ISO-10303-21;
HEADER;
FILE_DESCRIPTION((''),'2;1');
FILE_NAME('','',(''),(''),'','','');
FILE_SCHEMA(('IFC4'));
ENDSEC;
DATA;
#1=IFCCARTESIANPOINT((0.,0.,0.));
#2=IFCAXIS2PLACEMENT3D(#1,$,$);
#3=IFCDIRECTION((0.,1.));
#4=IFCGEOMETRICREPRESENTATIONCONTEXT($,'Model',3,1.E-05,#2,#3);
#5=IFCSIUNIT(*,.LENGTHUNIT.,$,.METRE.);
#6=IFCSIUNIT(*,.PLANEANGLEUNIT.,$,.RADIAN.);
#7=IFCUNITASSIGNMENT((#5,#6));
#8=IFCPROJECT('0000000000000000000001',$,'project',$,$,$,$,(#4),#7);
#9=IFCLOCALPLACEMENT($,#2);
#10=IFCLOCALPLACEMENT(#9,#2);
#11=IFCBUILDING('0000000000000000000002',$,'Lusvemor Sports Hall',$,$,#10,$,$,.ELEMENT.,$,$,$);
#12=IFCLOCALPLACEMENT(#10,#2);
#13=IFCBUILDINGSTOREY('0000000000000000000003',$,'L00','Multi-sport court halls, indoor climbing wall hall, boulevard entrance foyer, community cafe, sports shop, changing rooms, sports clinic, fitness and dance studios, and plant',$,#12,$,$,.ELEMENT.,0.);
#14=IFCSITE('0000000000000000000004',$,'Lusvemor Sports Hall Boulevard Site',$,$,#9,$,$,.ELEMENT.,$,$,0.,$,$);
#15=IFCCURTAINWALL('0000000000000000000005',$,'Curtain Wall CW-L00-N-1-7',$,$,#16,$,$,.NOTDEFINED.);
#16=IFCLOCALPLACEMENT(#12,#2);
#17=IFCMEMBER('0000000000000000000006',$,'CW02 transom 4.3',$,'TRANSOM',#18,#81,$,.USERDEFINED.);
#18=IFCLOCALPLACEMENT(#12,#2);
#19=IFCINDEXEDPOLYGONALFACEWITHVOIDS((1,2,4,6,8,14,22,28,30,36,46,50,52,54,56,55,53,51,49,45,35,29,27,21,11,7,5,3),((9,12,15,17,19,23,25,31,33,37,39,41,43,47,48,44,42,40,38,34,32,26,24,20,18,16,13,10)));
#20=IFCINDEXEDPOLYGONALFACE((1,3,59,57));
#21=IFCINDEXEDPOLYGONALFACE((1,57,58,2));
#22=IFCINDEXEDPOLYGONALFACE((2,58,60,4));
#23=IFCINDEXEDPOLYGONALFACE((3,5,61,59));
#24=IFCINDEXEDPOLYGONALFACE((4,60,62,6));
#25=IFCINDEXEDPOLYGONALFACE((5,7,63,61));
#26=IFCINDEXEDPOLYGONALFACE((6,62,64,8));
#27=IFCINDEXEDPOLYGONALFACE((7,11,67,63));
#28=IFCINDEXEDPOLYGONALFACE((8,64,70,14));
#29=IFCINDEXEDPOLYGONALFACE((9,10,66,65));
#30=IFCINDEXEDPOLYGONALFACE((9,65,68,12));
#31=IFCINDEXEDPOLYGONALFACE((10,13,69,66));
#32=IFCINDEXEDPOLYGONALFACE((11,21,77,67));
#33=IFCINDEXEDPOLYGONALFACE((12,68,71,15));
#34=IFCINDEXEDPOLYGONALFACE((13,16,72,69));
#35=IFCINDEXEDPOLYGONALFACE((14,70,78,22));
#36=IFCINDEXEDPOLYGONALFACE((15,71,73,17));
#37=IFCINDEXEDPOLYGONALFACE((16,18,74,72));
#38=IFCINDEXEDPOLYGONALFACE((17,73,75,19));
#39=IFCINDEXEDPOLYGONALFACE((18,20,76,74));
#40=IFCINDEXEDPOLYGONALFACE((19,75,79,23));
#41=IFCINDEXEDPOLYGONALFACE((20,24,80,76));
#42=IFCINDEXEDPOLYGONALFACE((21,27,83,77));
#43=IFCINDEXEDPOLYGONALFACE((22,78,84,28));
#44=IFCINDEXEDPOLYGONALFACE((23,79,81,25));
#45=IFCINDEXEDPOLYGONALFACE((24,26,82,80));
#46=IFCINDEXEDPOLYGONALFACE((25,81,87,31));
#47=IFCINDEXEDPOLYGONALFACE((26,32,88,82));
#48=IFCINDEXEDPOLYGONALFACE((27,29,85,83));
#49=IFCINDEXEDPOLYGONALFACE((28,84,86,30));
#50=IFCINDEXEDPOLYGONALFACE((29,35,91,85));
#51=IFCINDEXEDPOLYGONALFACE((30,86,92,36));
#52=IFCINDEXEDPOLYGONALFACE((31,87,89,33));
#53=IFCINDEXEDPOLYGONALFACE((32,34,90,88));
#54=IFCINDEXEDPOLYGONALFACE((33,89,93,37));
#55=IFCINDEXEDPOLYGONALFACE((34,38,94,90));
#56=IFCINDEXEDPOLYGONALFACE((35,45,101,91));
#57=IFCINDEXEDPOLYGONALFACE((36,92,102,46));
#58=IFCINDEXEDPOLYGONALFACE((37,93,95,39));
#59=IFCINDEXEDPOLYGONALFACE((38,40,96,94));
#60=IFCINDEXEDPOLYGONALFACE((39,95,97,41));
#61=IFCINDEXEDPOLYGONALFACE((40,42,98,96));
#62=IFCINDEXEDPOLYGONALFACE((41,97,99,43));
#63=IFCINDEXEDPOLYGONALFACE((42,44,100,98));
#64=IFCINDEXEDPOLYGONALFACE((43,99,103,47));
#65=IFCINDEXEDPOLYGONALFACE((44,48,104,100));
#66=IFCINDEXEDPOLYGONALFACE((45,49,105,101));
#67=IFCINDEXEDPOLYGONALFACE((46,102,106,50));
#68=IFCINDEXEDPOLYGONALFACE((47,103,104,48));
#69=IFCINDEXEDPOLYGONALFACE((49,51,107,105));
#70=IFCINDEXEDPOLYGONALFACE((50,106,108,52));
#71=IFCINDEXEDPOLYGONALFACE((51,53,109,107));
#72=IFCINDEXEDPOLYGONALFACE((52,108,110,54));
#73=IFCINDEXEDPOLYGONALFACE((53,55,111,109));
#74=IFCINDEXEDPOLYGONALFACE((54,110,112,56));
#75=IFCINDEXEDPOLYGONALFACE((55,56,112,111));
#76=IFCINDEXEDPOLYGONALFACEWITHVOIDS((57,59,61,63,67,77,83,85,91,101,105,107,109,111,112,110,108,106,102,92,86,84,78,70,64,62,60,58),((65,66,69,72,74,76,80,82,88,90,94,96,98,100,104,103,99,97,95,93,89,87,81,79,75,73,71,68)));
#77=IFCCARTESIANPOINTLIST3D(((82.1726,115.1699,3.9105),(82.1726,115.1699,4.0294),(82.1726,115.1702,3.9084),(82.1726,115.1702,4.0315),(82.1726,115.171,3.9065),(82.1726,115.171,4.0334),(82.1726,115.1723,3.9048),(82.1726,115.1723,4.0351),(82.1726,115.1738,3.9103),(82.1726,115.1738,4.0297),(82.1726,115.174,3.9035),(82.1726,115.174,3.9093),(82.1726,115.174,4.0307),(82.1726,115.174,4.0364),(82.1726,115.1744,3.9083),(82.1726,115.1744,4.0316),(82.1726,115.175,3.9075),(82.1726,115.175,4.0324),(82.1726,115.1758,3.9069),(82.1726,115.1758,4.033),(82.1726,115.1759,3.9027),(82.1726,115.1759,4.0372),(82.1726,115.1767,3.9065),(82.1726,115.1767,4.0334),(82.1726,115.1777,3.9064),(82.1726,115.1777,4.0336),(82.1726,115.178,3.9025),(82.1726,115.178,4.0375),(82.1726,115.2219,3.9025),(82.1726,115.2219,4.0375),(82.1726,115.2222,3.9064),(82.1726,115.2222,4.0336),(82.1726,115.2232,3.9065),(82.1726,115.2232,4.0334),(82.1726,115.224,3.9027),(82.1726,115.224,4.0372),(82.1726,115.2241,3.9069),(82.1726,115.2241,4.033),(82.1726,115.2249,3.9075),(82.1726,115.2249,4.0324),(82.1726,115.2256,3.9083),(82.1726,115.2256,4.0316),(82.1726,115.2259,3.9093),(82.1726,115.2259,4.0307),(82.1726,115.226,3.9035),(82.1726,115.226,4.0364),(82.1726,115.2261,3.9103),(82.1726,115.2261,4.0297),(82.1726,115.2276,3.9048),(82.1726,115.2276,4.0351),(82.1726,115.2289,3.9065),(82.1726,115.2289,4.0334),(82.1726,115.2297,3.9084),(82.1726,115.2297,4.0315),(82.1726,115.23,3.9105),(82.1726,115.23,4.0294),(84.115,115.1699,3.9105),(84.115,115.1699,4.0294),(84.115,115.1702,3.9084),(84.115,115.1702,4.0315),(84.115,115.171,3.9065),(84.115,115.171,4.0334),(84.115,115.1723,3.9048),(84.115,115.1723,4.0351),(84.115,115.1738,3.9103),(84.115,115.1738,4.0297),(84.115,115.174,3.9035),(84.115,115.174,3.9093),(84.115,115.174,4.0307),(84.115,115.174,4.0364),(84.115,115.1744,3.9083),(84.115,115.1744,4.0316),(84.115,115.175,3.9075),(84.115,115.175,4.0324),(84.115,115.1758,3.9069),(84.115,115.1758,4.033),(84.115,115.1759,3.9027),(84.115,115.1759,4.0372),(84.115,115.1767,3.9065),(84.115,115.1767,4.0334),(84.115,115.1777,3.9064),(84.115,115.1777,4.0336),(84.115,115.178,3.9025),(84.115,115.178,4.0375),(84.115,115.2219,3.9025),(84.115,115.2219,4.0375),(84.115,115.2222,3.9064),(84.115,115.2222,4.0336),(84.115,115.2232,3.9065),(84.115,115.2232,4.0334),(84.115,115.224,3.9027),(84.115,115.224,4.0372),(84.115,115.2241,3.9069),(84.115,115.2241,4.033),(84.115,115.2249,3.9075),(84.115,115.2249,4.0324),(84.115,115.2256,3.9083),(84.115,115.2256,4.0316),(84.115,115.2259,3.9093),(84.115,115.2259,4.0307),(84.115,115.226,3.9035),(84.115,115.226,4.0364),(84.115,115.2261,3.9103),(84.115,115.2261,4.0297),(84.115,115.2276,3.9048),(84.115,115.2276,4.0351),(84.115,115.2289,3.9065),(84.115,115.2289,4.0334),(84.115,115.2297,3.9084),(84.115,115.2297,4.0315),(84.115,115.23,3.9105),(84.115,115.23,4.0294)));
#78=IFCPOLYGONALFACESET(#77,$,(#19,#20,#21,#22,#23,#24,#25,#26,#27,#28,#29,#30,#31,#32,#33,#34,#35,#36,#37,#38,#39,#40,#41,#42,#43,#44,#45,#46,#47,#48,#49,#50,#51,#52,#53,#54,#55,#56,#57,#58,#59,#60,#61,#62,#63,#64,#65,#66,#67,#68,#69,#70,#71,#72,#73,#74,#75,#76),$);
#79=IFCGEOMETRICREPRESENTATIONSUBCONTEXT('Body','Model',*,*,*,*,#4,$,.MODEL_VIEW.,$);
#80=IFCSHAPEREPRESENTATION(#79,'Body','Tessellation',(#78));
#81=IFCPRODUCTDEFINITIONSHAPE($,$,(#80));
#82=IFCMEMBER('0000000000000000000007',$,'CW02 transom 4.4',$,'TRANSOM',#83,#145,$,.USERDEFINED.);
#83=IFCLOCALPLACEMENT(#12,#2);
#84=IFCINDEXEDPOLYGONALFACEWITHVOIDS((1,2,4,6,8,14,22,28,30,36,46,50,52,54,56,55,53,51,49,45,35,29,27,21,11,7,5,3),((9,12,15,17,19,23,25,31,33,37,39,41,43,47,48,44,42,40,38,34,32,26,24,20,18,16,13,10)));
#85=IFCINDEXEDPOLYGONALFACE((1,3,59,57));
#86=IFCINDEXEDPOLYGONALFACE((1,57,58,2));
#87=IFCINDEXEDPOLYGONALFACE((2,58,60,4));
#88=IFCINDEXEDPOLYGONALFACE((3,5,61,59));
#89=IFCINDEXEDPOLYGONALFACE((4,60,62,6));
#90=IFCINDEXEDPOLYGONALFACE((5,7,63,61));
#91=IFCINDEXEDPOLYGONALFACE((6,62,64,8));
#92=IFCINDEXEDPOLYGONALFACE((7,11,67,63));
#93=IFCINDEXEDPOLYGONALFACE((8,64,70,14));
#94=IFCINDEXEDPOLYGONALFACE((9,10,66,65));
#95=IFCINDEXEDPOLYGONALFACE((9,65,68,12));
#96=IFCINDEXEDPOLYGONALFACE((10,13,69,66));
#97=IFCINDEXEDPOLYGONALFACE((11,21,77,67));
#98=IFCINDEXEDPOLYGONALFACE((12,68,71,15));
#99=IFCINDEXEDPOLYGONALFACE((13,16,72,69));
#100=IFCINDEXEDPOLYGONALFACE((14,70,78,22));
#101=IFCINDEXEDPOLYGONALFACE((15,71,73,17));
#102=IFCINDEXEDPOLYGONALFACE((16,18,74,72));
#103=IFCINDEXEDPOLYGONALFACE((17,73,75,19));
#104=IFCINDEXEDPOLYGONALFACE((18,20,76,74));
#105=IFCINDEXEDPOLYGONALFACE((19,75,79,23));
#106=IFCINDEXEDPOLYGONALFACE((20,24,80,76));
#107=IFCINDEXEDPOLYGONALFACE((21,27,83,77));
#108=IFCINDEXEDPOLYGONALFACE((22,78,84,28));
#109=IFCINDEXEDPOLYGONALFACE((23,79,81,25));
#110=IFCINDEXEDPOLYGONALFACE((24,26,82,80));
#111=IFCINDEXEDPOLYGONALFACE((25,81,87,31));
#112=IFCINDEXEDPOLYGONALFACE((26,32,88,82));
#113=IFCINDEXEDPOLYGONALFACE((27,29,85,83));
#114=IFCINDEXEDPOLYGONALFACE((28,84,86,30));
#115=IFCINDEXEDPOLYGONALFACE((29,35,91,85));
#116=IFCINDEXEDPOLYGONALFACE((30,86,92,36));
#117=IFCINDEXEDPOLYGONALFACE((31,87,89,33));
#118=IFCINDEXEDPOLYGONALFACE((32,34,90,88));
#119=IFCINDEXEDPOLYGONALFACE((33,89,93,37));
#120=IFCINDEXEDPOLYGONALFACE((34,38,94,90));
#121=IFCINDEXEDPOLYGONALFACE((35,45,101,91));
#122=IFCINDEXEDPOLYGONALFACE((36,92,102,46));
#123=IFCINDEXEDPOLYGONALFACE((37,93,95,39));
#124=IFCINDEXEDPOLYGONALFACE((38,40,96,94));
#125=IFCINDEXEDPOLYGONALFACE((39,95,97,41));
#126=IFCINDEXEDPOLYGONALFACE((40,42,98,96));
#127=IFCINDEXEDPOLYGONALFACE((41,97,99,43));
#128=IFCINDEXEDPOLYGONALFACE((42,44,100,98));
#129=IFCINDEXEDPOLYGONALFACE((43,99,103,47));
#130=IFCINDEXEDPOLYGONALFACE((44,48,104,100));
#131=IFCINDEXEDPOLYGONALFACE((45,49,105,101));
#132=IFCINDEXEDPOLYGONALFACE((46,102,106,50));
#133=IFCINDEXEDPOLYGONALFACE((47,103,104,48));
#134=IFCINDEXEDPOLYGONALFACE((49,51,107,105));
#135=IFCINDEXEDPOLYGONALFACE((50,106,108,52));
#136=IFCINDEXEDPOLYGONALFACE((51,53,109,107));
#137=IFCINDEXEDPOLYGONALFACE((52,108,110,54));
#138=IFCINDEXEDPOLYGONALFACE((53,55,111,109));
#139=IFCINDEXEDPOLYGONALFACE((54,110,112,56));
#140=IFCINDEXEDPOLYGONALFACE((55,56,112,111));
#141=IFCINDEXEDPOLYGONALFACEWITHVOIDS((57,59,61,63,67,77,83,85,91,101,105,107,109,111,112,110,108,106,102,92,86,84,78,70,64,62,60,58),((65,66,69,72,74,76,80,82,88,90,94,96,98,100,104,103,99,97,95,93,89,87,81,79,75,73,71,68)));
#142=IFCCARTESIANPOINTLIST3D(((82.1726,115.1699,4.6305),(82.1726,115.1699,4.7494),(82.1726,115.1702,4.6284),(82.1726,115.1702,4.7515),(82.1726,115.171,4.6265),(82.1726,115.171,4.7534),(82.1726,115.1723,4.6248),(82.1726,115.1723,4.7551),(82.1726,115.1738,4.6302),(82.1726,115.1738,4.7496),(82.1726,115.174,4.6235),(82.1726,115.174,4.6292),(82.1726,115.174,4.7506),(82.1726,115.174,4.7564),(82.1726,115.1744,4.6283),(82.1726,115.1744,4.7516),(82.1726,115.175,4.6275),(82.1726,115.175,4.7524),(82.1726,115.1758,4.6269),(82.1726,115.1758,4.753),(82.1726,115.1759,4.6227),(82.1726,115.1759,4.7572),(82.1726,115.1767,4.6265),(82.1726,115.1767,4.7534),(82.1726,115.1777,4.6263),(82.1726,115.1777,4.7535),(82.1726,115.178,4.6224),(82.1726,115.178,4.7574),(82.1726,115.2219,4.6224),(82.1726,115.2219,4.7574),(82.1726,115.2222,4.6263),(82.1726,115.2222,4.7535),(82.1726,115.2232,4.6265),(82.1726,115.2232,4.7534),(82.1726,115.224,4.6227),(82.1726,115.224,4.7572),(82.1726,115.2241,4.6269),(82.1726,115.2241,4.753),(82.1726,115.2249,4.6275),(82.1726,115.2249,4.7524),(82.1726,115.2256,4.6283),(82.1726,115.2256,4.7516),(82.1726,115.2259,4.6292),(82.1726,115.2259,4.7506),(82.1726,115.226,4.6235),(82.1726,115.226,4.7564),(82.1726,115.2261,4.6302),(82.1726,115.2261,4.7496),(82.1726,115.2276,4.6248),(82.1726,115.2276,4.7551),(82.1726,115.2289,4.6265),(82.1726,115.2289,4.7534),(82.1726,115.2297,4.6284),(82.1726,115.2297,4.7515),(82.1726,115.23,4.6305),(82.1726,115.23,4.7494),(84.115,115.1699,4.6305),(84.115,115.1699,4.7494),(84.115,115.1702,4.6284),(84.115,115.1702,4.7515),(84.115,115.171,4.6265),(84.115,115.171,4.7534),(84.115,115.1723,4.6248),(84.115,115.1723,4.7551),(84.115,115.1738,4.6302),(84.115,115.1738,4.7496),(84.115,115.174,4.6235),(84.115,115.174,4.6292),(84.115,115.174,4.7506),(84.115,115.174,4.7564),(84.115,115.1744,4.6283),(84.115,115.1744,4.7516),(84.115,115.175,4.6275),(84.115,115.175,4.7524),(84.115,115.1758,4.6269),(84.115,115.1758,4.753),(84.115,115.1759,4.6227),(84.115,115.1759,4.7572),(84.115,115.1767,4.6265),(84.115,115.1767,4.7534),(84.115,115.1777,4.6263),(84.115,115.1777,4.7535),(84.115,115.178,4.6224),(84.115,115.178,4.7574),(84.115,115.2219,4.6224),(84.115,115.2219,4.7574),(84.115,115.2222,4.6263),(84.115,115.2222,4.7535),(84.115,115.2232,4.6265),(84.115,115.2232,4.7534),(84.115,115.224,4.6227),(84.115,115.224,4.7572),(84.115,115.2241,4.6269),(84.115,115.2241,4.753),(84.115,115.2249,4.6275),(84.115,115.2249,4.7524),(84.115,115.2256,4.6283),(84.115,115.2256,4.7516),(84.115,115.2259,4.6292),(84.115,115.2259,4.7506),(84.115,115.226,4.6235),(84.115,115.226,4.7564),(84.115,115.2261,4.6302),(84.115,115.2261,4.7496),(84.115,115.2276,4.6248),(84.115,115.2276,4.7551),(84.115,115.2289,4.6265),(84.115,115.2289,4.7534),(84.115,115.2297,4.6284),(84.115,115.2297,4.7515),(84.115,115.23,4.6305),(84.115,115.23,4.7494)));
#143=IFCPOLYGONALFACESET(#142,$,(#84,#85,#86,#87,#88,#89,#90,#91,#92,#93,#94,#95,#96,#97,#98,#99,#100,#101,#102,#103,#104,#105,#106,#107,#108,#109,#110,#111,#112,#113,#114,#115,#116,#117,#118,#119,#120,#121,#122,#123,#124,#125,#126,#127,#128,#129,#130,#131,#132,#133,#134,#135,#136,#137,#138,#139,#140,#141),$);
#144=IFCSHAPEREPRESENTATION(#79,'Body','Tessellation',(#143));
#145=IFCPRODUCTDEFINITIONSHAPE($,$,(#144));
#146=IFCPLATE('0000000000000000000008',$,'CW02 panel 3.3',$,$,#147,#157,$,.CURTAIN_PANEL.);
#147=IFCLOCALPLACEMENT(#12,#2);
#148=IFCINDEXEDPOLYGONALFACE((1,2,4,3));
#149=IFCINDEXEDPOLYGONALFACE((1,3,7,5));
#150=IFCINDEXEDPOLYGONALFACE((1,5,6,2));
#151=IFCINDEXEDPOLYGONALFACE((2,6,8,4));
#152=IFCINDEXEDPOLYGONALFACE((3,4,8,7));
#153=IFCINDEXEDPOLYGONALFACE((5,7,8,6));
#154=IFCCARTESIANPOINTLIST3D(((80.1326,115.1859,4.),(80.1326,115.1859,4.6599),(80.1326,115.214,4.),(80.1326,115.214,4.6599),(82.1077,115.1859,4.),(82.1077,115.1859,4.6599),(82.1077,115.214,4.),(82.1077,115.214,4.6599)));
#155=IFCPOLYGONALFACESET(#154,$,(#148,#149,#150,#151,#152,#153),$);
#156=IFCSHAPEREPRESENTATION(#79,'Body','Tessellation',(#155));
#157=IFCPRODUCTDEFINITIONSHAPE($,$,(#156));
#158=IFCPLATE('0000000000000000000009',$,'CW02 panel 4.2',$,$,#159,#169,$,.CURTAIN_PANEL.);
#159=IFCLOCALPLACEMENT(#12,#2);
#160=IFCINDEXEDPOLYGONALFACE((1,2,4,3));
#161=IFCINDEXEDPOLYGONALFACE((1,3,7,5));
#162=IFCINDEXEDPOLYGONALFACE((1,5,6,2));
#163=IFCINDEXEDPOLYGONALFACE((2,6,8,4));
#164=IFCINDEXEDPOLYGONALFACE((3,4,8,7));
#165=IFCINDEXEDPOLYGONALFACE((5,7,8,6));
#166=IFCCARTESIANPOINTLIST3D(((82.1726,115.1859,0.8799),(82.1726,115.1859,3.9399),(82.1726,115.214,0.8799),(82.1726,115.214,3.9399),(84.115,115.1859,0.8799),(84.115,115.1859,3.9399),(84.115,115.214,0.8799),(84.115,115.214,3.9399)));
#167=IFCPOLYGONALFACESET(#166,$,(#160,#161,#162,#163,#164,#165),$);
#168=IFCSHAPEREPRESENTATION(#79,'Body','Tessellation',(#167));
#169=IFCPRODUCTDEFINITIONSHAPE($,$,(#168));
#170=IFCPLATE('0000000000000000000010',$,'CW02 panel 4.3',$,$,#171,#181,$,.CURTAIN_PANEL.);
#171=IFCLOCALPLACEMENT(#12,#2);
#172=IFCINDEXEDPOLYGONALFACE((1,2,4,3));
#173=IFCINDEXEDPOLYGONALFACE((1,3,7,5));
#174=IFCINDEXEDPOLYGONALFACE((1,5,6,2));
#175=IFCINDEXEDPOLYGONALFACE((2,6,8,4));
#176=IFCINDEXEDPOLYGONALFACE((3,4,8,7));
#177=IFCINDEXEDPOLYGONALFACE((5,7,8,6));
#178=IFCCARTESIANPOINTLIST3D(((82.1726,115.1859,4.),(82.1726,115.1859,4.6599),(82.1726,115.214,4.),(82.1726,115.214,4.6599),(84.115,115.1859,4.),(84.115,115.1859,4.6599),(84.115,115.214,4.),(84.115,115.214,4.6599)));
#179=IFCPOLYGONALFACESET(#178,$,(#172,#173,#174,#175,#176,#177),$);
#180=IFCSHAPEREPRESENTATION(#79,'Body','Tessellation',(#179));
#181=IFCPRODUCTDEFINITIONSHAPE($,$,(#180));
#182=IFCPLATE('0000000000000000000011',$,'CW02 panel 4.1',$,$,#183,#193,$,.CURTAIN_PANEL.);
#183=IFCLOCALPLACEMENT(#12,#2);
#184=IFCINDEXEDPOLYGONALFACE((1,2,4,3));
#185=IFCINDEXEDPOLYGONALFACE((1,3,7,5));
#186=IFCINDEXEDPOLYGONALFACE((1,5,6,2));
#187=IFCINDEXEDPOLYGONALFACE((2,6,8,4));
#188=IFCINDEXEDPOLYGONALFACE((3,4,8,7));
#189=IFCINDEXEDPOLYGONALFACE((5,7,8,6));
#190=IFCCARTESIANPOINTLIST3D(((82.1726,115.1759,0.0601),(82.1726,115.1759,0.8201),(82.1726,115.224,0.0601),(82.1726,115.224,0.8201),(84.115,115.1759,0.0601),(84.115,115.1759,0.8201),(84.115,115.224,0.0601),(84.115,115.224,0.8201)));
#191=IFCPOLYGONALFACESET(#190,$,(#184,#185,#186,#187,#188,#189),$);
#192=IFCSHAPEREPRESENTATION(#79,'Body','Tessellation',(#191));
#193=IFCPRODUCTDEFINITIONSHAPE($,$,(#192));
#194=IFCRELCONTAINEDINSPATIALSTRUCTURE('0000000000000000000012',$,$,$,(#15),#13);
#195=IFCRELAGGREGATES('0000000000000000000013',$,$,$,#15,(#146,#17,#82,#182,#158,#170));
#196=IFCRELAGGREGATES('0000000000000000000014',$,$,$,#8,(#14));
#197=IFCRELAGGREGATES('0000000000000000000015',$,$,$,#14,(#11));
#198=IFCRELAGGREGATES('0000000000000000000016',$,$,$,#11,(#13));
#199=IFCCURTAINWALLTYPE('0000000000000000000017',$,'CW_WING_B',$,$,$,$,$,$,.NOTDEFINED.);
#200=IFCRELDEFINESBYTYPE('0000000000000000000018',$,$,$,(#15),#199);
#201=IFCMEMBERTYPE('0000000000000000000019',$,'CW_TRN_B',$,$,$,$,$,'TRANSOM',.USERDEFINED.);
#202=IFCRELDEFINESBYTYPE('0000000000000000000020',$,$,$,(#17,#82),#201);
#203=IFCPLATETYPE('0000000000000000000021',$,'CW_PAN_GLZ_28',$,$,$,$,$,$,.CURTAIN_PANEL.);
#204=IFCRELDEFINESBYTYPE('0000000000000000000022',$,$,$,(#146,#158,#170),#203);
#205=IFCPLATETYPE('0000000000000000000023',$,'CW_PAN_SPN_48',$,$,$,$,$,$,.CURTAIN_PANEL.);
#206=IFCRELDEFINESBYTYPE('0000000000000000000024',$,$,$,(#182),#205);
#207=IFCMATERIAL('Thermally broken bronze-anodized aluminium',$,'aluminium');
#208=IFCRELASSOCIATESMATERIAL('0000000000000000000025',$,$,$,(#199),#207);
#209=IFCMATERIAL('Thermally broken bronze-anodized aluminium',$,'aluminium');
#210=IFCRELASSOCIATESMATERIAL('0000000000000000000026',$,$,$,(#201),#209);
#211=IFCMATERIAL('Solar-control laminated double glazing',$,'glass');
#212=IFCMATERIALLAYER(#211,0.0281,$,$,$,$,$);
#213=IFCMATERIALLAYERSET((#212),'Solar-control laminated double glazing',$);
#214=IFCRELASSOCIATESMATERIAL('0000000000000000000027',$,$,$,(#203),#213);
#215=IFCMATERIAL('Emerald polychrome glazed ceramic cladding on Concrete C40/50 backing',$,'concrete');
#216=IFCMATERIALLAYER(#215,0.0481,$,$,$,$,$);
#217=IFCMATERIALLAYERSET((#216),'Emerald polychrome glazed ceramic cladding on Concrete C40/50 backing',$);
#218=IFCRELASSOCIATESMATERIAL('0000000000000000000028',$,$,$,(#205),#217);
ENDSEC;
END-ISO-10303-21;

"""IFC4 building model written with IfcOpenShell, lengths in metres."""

from ifc_helpers import new_model, si_unit, direction, frame, origin, origin_2d, place, context, subcontext, project, spatial, rectangle, hollow_rectangle, extrude, material, layer, layer_set, material_profile, profile_set, type_object, element, aggregate, save


model = new_model("IFC4")

# Units and contexts
model_context = context("Model", 3, precision=1e-05, world=origin(), true_north=direction((0.0, 1.0)))
body_context = subcontext(model_context, "Body", "Model", "MODEL_VIEW")
ifc_project = project(units=[si_unit("LENGTHUNIT", "METRE"), si_unit("PLANEANGLEUNIT", "RADIAN")], contexts=[model_context])

# Site, building, storey
site_placement = place(None, origin())
site = spatial("IfcSite", under=ifc_project, at=site_placement, Name="Lusvemor Sports Hall Boulevard Site", CompositionType="ELEMENT", RefElevation=0.0)
building_placement = place(site_placement, origin())
building = spatial("IfcBuilding", under=site, at=building_placement, Name="Lusvemor Sports Hall", CompositionType="ELEMENT")
storey_placement = place(building_placement, origin())
storey = spatial("IfcBuildingStorey", under=building, at=storey_placement, Name="L00", Description="Multi-sport court halls, indoor climbing wall hall, boulevard entrance foyer, community cafe, sports shop, changing rooms, sports clinic, fitness and dance studios, and plant", CompositionType="ELEMENT", Elevation=0.0)

# Curtain wall, members, plates
ifc_material_1 = material(Name="Thermally broken bronze-anodized aluminium", Category="aluminium")
curtain_wall_type = type_object("IfcCurtainWallType", Name="CW_WING_B", PredefinedType="NOTDEFINED", material=ifc_material_1)
curtain_wall_placement = place(storey_placement, origin())
curtain_wall = element("IfcCurtainWall", 1, at=curtain_wall_placement, inside=storey, type_object=curtain_wall_type, Name="Curtain Wall CW-L00-N-1-7", PredefinedType="NOTDEFINED")
ifc_material_2 = material(Name="Thermally broken bronze-anodized aluminium", Category="aluminium")
ifc_material_profile_1 = material_profile(ifc_material_2, hollow_rectangle(XDim=0.0601, YDim=0.135, WallThickness=0.0039, InnerFilletRadius=0.0039, OuterFilletRadius=0.0081, at=origin_2d()), Name="CWTRN135x60x4")
ifc_profile_set_1 = profile_set([ifc_material_profile_1], Name="Thermally broken bronze-anodized aluminium")
member_type_1 = type_object("IfcMemberType", Name="CW_TRN_B", ElementType="TRANSOM", PredefinedType="USERDEFINED", material=ifc_profile_set_1)
member_1_placement = place(storey_placement, frame((82.1726, 115.2, 3.97), z_axis=(1.0, 0.0, 0.0), x_axis=(0.0, 1.0, 0.0)))
member_1 = element("IfcMember", 2, at=member_1_placement, type_object=member_type_1, Name="CW02 transom 4.3", ObjectType="TRANSOM", PredefinedType="USERDEFINED", context=body_context, shape_type="SweptSolid", body=[
    extrude(hollow_rectangle(XDim=0.0601, YDim=0.135, WallThickness=0.0039, InnerFilletRadius=0.0039, OuterFilletRadius=0.0081, at=origin_2d()), origin(), (0.0, 0.0, 1.0), 1.9424),
])
member_2_placement = place(storey_placement, frame((82.1726, 115.2, 4.6899), z_axis=(1.0, 0.0, 0.0), x_axis=(0.0, 1.0, 0.0)))
member_2 = element("IfcMember", 3, at=member_2_placement, type_object=member_type_1, Name="CW02 transom 4.4", ObjectType="TRANSOM", PredefinedType="USERDEFINED", context=body_context, shape_type="SweptSolid", body=[
    extrude(hollow_rectangle(XDim=0.0601, YDim=0.135, WallThickness=0.0039, InnerFilletRadius=0.0039, OuterFilletRadius=0.0081, at=origin_2d()), origin(), (0.0, 0.0, 1.0), 1.9424),
])
ifc_material_3 = material(Name="Solar-control laminated double glazing", Category="glass")
ifc_layer_1 = layer(ifc_material_3, 0.0281)
ifc_layer_set_1 = layer_set([ifc_layer_1], Name="Solar-control laminated double glazing")
plate_type_1 = type_object("IfcPlateType", Name="CW_PAN_GLZ_28", PredefinedType="CURTAIN_PANEL", material=ifc_layer_set_1)
plate_1_placement = place(storey_placement, frame((81.1201, 115.2, 4.0), z_axis=(0.0, 0.0, 1.0), x_axis=(1.0, 0.0, 0.0)))
plate_1 = element("IfcPlate", 4, at=plate_1_placement, type_object=plate_type_1, Name="CW02 panel 3.3", PredefinedType="CURTAIN_PANEL", context=body_context, shape_type="SweptSolid", body=[
    extrude(rectangle(XDim=1.9751, YDim=0.0281, at=origin_2d()), origin(), (0.0, 0.0, 1.0), 0.6599),
])
plate_2_placement = place(storey_placement, frame((83.1438, 115.2, 0.8799), z_axis=(0.0, 0.0, 1.0), x_axis=(1.0, 0.0, 0.0)))
plate_2 = element("IfcPlate", 5, at=plate_2_placement, type_object=plate_type_1, Name="CW02 panel 4.2", PredefinedType="CURTAIN_PANEL", context=body_context, shape_type="SweptSolid", body=[
    extrude(rectangle(XDim=1.9424, YDim=0.0281, at=origin_2d()), origin(), (0.0, 0.0, 1.0), 3.0601),
])
plate_3_placement = place(storey_placement, frame((83.1438, 115.2, 4.0), z_axis=(0.0, 0.0, 1.0), x_axis=(1.0, 0.0, 0.0)))
plate_3 = element("IfcPlate", 6, at=plate_3_placement, type_object=plate_type_1, Name="CW02 panel 4.3", PredefinedType="CURTAIN_PANEL", context=body_context, shape_type="SweptSolid", body=[
    extrude(rectangle(XDim=1.9424, YDim=0.0281, at=origin_2d()), origin(), (0.0, 0.0, 1.0), 0.6599),
])
ifc_material_4 = material(Name="Emerald polychrome glazed ceramic cladding on Concrete C40/50 backing", Category="concrete")
ifc_layer_2 = layer(ifc_material_4, 0.0481)
ifc_layer_set_2 = layer_set([ifc_layer_2], Name="Emerald polychrome glazed ceramic cladding on Concrete C40/50 backing")
plate_type_2 = type_object("IfcPlateType", Name="CW_PAN_SPN_48", PredefinedType="CURTAIN_PANEL", material=ifc_layer_set_2)
plate_4_placement = place(storey_placement, frame((83.1438, 115.2, 0.0601), z_axis=(0.0, 0.0, 1.0), x_axis=(1.0, 0.0, 0.0)))
plate_4 = element("IfcPlate", 7, at=plate_4_placement, type_object=plate_type_2, Name="CW02 panel 4.1", PredefinedType="CURTAIN_PANEL", context=body_context, shape_type="SweptSolid", body=[
    extrude(rectangle(XDim=1.9424, YDim=0.0481, at=origin_2d()), origin(), (0.0, 0.0, 1.0), 0.76),
])
aggregate(curtain_wall, [plate_1, member_1, member_2, plate_4, plate_2, plate_3])

save(model, "model.ifc")
